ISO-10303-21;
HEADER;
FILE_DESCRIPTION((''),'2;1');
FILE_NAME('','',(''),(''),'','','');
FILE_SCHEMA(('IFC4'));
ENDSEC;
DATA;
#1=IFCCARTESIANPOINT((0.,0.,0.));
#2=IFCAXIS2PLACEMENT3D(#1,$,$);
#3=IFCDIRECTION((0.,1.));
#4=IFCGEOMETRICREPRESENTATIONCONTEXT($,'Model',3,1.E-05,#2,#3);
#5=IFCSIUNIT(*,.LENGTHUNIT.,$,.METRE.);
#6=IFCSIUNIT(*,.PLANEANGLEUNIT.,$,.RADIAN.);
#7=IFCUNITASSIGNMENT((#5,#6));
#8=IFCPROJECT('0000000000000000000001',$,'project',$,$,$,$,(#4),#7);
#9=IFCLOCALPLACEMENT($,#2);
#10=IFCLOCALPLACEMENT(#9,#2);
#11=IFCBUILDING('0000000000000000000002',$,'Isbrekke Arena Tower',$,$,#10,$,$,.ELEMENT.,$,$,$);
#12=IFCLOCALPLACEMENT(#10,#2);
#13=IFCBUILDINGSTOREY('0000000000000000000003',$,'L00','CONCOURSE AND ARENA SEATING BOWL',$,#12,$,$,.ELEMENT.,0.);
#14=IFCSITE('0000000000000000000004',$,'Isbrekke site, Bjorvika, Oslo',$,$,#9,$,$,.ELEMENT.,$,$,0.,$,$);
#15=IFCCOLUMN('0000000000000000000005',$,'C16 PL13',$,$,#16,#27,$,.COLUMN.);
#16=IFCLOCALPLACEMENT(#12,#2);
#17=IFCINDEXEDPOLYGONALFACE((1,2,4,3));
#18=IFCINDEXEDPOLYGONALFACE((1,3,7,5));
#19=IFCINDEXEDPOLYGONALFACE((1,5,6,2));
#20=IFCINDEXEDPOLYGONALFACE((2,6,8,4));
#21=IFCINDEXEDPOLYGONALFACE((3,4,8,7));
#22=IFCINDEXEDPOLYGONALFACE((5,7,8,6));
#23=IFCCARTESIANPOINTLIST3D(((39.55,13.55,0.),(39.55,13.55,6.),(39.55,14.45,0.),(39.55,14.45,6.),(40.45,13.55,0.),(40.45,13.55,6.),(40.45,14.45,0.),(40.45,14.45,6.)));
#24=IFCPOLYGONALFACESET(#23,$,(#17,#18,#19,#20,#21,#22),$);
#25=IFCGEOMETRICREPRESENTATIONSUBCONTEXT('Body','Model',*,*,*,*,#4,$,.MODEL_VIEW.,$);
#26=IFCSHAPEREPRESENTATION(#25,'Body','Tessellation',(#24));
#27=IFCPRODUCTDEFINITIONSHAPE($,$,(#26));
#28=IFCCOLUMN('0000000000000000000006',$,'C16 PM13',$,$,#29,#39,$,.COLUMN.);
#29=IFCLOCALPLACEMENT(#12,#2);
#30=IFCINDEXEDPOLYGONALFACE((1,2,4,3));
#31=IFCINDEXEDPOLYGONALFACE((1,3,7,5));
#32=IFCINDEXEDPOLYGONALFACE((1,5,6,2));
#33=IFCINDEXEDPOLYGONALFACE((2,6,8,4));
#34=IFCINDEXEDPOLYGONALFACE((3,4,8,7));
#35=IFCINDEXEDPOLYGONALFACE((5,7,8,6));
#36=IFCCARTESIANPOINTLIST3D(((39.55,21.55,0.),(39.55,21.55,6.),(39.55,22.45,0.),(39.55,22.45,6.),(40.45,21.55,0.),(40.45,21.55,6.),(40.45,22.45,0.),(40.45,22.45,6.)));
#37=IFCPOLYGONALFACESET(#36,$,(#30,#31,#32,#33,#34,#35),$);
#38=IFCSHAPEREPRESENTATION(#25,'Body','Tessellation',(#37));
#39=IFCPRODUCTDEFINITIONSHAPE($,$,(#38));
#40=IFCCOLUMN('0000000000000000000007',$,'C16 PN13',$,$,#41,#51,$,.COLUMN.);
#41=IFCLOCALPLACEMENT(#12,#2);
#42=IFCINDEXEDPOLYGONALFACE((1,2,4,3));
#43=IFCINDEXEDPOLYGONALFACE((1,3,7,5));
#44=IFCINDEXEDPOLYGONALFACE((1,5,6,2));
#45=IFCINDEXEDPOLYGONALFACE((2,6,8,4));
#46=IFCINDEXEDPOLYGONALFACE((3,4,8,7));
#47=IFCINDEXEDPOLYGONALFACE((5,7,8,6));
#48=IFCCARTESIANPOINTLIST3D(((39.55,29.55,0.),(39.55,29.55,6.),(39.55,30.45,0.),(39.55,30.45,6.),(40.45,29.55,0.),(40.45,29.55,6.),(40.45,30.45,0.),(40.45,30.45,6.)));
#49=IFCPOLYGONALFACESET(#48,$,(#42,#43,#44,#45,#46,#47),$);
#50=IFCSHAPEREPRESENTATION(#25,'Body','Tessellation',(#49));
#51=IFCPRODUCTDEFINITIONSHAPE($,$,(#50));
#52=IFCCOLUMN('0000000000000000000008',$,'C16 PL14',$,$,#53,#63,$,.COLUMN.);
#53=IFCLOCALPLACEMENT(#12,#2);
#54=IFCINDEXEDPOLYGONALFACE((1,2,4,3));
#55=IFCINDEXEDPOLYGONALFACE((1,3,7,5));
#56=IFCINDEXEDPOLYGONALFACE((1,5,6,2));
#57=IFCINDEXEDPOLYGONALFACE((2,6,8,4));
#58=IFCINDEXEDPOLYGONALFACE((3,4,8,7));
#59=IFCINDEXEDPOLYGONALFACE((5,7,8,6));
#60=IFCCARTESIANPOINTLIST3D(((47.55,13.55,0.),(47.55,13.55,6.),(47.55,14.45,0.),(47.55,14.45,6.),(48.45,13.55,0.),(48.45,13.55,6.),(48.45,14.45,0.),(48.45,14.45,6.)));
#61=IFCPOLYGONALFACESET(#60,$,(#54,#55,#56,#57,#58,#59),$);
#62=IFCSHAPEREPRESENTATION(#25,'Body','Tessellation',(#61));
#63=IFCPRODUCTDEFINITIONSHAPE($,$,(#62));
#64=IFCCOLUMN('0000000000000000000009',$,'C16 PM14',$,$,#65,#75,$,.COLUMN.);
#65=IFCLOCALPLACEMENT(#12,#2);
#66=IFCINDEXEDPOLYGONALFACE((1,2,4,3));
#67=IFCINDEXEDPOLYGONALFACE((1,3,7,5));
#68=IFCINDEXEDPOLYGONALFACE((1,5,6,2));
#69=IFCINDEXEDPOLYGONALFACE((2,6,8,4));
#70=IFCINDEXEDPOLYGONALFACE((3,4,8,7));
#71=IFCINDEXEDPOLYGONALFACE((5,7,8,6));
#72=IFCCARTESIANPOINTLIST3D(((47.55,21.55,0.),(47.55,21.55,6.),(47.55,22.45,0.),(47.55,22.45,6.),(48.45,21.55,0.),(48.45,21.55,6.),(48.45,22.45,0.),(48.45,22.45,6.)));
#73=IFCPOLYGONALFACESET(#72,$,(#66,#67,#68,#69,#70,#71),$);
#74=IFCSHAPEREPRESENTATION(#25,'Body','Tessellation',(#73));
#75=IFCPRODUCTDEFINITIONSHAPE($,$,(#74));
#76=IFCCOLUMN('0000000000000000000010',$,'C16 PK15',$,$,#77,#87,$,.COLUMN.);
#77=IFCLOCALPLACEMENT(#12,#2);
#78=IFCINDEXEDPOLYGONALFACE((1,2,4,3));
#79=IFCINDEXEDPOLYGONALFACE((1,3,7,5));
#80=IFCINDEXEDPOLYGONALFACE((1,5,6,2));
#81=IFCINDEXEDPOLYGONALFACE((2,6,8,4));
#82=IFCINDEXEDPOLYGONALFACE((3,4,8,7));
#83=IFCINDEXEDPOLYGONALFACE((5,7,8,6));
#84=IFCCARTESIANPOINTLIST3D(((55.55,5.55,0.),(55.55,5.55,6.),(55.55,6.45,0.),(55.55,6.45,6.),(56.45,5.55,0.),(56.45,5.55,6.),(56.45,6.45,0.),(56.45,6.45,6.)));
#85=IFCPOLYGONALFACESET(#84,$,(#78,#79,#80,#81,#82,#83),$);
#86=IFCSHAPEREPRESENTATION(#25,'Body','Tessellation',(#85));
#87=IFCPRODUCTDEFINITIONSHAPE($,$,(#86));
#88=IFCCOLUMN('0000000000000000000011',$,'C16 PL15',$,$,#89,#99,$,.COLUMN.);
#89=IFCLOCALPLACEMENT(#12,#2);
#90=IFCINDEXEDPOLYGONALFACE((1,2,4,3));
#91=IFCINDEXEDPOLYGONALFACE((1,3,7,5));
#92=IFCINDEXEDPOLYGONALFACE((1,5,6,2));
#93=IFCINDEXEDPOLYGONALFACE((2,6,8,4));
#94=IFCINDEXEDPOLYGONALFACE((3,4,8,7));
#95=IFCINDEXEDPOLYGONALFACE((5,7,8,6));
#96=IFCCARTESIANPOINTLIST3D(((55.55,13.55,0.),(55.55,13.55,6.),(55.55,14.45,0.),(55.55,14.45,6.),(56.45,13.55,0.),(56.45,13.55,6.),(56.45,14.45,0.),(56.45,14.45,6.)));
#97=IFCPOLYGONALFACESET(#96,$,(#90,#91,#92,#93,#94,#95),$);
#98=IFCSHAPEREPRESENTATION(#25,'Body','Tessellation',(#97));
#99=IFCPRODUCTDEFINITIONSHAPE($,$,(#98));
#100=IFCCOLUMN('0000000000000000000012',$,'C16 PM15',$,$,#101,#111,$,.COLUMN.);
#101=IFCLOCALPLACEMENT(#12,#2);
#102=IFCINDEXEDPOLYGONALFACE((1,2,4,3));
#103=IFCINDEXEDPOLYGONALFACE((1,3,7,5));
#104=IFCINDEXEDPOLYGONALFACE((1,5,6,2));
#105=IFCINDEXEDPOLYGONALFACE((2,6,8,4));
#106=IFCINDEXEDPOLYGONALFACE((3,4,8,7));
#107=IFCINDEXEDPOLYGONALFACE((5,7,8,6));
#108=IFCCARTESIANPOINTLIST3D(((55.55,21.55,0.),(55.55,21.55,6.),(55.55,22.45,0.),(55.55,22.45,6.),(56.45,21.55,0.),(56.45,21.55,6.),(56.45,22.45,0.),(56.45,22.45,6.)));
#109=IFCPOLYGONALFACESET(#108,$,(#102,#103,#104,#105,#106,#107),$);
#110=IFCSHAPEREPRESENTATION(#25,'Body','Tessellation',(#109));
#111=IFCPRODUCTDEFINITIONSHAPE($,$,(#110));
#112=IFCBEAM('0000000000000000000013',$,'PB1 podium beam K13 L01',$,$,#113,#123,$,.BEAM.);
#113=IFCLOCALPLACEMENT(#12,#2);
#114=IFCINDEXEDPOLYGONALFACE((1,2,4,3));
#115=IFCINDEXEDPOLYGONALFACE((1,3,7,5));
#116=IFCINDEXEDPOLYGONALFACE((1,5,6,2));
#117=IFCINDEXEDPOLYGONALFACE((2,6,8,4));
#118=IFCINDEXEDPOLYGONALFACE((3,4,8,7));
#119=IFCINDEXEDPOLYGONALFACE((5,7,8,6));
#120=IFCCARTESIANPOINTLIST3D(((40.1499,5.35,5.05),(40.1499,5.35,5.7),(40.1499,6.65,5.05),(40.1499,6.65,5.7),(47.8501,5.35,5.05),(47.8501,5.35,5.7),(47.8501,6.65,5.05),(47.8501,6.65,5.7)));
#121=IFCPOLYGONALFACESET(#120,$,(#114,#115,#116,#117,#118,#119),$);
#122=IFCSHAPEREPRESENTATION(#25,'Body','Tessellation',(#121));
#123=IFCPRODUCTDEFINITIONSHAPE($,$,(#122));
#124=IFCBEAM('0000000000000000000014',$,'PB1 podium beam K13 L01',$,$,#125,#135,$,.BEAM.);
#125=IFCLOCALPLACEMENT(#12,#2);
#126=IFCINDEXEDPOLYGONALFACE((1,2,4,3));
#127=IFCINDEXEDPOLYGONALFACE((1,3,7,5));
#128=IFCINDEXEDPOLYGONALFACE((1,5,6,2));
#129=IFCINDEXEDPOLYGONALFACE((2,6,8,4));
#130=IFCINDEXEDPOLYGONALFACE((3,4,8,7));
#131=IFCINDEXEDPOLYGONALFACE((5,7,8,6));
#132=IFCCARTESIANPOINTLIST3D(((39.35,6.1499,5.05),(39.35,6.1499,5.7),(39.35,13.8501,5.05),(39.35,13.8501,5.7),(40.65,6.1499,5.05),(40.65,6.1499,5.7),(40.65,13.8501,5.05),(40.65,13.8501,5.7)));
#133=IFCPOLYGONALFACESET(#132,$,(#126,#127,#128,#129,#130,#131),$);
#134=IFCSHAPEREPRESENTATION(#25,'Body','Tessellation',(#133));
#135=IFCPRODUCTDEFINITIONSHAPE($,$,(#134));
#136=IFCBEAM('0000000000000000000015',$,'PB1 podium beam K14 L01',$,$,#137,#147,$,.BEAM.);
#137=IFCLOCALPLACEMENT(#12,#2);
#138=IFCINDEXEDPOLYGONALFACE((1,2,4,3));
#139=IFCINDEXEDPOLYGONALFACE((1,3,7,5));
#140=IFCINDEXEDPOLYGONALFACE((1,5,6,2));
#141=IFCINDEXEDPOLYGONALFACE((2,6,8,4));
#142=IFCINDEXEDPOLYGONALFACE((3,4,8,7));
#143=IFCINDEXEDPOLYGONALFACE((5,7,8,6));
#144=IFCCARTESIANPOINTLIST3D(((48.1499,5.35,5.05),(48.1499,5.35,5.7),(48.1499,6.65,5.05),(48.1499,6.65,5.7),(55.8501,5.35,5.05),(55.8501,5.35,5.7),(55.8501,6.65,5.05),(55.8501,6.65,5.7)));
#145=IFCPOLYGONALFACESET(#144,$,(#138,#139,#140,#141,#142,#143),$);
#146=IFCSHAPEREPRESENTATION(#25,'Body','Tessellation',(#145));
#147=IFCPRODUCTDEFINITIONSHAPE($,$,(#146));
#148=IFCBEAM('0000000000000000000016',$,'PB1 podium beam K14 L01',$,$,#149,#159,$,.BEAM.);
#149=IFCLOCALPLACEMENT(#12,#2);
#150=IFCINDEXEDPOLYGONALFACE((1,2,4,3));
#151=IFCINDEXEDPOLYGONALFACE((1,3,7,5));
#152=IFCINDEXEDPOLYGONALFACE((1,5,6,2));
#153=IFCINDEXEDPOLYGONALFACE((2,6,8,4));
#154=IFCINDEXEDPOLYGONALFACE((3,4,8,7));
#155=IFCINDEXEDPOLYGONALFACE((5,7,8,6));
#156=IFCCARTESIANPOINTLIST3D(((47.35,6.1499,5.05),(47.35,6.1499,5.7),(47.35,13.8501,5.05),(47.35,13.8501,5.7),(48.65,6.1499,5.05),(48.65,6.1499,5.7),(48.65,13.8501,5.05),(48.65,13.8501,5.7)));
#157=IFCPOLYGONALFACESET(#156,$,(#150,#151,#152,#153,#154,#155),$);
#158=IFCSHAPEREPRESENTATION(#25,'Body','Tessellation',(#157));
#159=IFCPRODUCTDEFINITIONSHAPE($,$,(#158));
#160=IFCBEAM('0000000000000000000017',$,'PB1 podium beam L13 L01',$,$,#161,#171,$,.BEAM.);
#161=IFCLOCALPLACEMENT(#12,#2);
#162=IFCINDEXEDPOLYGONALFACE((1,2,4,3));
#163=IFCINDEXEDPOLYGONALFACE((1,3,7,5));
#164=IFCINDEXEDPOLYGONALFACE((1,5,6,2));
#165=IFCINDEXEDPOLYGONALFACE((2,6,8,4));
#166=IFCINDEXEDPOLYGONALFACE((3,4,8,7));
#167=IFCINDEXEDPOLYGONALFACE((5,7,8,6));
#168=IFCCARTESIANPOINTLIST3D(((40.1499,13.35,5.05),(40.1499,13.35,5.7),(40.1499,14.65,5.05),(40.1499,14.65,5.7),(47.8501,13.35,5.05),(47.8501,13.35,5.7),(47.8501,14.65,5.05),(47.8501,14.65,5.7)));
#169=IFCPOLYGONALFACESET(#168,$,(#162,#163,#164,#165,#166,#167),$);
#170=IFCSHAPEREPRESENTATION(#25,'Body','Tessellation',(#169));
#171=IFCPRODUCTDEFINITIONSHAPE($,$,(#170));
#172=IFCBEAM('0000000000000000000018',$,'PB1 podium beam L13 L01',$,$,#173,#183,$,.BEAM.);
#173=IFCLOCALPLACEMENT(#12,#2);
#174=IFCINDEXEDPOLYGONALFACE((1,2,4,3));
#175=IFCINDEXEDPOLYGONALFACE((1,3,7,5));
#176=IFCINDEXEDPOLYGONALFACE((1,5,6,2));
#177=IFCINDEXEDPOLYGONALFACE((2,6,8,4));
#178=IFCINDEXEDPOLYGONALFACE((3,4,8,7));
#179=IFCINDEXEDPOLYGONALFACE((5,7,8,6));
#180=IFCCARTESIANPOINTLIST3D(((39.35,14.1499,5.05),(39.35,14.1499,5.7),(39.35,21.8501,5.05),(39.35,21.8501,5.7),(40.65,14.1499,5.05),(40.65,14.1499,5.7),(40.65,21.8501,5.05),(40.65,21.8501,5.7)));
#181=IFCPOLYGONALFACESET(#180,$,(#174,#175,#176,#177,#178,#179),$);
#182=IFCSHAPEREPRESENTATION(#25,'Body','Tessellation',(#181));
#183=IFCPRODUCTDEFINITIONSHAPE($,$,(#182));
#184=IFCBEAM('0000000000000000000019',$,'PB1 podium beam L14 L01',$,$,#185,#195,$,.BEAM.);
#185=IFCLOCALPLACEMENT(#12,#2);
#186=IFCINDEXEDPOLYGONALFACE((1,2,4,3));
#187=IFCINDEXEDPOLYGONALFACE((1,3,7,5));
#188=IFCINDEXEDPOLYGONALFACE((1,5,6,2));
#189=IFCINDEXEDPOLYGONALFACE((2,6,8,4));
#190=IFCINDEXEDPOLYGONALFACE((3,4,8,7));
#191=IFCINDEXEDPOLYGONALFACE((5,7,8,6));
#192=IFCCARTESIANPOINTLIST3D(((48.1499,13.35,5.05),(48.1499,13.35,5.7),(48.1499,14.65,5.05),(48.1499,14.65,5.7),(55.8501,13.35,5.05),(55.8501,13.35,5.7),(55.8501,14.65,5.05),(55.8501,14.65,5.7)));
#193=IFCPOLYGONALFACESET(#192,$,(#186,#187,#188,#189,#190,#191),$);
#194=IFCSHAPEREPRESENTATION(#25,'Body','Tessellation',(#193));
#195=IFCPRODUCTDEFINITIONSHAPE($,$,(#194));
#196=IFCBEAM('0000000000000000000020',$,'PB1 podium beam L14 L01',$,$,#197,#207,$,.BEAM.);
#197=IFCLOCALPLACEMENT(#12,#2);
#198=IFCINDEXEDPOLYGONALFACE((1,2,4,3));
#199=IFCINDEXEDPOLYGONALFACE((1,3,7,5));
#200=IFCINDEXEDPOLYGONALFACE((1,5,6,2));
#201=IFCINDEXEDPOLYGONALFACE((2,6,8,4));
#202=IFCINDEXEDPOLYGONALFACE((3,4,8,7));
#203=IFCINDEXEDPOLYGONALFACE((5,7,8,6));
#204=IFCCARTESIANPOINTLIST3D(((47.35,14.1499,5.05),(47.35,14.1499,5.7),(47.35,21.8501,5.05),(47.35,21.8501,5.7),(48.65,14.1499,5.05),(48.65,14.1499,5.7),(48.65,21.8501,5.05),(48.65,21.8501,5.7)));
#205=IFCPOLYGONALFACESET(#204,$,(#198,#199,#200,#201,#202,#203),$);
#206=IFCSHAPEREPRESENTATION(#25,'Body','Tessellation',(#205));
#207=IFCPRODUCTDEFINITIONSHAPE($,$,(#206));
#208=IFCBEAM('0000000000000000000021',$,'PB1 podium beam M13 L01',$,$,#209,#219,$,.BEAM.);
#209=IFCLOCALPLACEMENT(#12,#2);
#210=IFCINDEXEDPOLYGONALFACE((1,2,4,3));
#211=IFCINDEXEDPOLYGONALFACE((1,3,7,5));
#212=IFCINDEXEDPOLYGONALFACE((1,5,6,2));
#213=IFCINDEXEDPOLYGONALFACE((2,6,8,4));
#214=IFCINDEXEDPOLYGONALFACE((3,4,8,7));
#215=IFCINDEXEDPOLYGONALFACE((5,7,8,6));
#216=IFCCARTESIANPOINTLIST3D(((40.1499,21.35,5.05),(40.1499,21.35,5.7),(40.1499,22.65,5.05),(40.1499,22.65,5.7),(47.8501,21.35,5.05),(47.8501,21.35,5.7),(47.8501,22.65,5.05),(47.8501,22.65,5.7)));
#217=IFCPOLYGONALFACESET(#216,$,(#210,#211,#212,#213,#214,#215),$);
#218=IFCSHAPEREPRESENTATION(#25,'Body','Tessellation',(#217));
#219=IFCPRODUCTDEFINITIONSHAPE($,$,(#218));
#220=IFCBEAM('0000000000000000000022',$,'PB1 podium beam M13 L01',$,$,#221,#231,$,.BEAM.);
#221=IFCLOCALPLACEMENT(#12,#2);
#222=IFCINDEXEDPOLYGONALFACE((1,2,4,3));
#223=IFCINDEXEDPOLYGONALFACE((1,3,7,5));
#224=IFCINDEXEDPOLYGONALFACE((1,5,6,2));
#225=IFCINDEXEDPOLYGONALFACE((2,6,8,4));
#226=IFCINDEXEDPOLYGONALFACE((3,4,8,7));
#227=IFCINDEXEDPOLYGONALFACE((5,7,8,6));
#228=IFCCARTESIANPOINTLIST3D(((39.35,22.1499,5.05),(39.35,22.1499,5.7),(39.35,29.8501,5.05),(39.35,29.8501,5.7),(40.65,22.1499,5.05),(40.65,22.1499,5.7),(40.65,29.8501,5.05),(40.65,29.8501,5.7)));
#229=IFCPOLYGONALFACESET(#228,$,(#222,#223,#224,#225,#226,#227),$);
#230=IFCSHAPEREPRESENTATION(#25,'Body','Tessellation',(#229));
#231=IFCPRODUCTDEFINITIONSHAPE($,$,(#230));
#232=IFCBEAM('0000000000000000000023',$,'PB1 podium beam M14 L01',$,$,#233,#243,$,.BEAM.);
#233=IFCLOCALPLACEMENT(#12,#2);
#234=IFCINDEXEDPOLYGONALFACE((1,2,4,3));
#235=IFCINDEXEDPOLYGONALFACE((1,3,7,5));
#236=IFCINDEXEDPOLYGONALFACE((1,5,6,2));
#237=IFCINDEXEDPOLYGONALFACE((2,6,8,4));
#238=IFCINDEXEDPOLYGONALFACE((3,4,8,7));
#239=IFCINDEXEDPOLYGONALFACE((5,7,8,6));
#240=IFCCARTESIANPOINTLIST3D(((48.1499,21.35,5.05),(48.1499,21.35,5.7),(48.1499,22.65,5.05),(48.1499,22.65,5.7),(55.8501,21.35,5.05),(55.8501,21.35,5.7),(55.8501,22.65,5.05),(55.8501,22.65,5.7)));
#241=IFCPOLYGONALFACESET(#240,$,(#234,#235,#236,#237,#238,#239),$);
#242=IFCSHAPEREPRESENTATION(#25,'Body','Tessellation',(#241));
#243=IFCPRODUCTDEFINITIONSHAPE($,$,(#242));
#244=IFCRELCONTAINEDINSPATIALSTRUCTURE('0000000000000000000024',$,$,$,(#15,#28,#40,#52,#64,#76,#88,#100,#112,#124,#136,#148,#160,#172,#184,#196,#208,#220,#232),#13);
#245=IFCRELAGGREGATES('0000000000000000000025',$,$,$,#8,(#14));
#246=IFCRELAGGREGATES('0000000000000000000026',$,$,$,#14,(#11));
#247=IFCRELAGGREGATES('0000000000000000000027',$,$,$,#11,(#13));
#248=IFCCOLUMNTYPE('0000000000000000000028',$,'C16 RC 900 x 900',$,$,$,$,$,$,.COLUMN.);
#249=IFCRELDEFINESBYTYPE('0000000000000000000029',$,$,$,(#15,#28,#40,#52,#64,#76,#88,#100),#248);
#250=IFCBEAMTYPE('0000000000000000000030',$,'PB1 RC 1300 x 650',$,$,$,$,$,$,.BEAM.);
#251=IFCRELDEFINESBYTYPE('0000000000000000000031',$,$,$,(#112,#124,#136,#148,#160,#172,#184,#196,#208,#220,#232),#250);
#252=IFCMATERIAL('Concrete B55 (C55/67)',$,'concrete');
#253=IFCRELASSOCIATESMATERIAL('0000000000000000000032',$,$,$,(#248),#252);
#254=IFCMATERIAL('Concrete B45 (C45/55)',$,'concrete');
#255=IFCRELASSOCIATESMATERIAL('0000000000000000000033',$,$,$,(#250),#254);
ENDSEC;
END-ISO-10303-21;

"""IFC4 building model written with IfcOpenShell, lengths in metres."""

from ifc_helpers import new_model, si_unit, direction, frame, origin, origin_2d, place, context, subcontext, project, spatial, rectangle, extrude, material, material_profile, profile_set, type_object, element, save


model = new_model("IFC4")

# Units and contexts
model_context = context("Model", 3, precision=1e-05, world=origin(), true_north=direction((0.0, 1.0)))
body_context = subcontext(model_context, "Body", "Model", "MODEL_VIEW")
ifc_project = project(units=[si_unit("LENGTHUNIT", "METRE"), si_unit("PLANEANGLEUNIT", "RADIAN")], contexts=[model_context])

# Site, building, storey
site_placement = place(None, origin())
site = spatial("IfcSite", under=ifc_project, at=site_placement, Name="Isbrekke site, Bjorvika, Oslo", CompositionType="ELEMENT", RefElevation=0.0)
building_placement = place(site_placement, origin())
building = spatial("IfcBuilding", under=site, at=building_placement, Name="Isbrekke Arena Tower", CompositionType="ELEMENT")
storey_placement = place(building_placement, origin())
storey = spatial("IfcBuildingStorey", under=building, at=storey_placement, Name="L00", Description="CONCOURSE AND ARENA SEATING BOWL", CompositionType="ELEMENT", Elevation=0.0)

# Columns
ifc_material_1 = material(Name="Concrete B55 (C55/67)", Category="concrete")
ifc_material_profile_1 = material_profile(ifc_material_1, rectangle(XDim=0.8999, YDim=0.8999, at=origin_2d()), Name="RC 900x900")
ifc_profile_set_1 = profile_set([ifc_material_profile_1], Name="Concrete B55 (C55/67)")
column_type = type_object("IfcColumnType", Name="C16 RC 900 x 900", PredefinedType="COLUMN", material=ifc_profile_set_1)
for number, where, z_axis, x_axis, name in (
    (1, (40.0, 14.0, 0.0), (0.0, 0.0, 1.0), (1.0, 0.0, 0.0), "C16 PL13"),
    (2, (40.0, 22.0, 0.0), (0.0, 0.0, 1.0), (1.0, 0.0, 0.0), "C16 PM13"),
    (3, (40.0, 30.0, 0.0), (0.0, 0.0, 1.0), (1.0, 0.0, 0.0), "C16 PN13"),
    (4, (48.0, 14.0, 0.0), (0.0, 0.0, 1.0), (1.0, 0.0, 0.0), "C16 PL14"),
    (5, (48.0, 22.0, 0.0), (0.0, 0.0, 1.0), (1.0, 0.0, 0.0), "C16 PM14"),
    (6, (56.0, 6.0, 0.0), (0.0, 0.0, 1.0), (1.0, 0.0, 0.0), "C16 PK15"),
    (7, (56.0, 14.0, 0.0), (0.0, 0.0, 1.0), (1.0, 0.0, 0.0), "C16 PL15"),
    (8, (56.0, 22.0, 0.0), (0.0, 0.0, 1.0), (1.0, 0.0, 0.0), "C16 PM15"),
):
    element("IfcColumn", number, at=place(storey_placement, frame(where, z_axis=z_axis, x_axis=x_axis)), inside=storey, type_object=column_type, Name=name, PredefinedType="COLUMN", context=body_context, shape_type="SweptSolid", body=[
        extrude(rectangle(XDim=0.8999, YDim=0.8999, at=origin_2d()), origin(), (0.0, 0.0, 1.0), 6.0),
    ])

# Beams
ifc_material_2 = material(Name="Concrete B45 (C45/55)", Category="concrete")
ifc_material_profile_2 = material_profile(ifc_material_2, rectangle(XDim=1.3, YDim=0.6499, at=origin_2d()), Name="RC 1300x650")
ifc_profile_set_2 = profile_set([ifc_material_profile_2], Name="Concrete B45 (C45/55)")
beam_type = type_object("IfcBeamType", Name="PB1 RC 1300 x 650", PredefinedType="BEAM", material=ifc_profile_set_2)
for number, where, z_axis, x_axis, name in (
    (9, (40.1499, 6.0, 5.375), (1.0, 0.0, 0.0), (0.0, 1.0, 0.0), "PB1 podium beam K13 L01"),
    (10, (40.0, 6.1499, 5.375), (0.0, 1.0, 0.0), (-1.0, 0.0, 0.0), "PB1 podium beam K13 L01"),
    (11, (48.1499, 6.0, 5.375), (1.0, 0.0, 0.0), (0.0, 1.0, 0.0), "PB1 podium beam K14 L01"),
    (12, (48.0, 6.1499, 5.375), (0.0, 1.0, 0.0), (-1.0, 0.0, 0.0), "PB1 podium beam K14 L01"),
    (13, (40.1499, 14.0, 5.375), (1.0, 0.0, 0.0), (0.0, 1.0, 0.0), "PB1 podium beam L13 L01"),
    (14, (40.0, 14.1499, 5.375), (0.0, 1.0, 0.0), (-1.0, 0.0, 0.0), "PB1 podium beam L13 L01"),
    (15, (48.1499, 14.0, 5.375), (1.0, 0.0, 0.0), (0.0, 1.0, 0.0), "PB1 podium beam L14 L01"),
    (16, (48.0, 14.1499, 5.375), (0.0, 1.0, 0.0), (-1.0, 0.0, 0.0), "PB1 podium beam L14 L01"),
    (17, (40.1499, 22.0, 5.375), (1.0, 0.0, 0.0), (0.0, 1.0, 0.0), "PB1 podium beam M13 L01"),
    (18, (40.0, 22.1499, 5.375), (0.0, 1.0, 0.0), (-1.0, 0.0, 0.0), "PB1 podium beam M13 L01"),
    (19, (48.1499, 22.0, 5.375), (1.0, 0.0, 0.0), (0.0, 1.0, 0.0), "PB1 podium beam M14 L01"),
):
    element("IfcBeam", number, at=place(storey_placement, frame(where, z_axis=z_axis, x_axis=x_axis)), inside=storey, type_object=beam_type, Name=name, PredefinedType="BEAM", context=body_context, shape_type="SweptSolid", body=[
        extrude(rectangle(XDim=1.3, YDim=0.6499, at=origin_2d()), origin(), (0.0, 0.0, 1.0), 7.7002),
    ])

save(model, "model.ifc")
